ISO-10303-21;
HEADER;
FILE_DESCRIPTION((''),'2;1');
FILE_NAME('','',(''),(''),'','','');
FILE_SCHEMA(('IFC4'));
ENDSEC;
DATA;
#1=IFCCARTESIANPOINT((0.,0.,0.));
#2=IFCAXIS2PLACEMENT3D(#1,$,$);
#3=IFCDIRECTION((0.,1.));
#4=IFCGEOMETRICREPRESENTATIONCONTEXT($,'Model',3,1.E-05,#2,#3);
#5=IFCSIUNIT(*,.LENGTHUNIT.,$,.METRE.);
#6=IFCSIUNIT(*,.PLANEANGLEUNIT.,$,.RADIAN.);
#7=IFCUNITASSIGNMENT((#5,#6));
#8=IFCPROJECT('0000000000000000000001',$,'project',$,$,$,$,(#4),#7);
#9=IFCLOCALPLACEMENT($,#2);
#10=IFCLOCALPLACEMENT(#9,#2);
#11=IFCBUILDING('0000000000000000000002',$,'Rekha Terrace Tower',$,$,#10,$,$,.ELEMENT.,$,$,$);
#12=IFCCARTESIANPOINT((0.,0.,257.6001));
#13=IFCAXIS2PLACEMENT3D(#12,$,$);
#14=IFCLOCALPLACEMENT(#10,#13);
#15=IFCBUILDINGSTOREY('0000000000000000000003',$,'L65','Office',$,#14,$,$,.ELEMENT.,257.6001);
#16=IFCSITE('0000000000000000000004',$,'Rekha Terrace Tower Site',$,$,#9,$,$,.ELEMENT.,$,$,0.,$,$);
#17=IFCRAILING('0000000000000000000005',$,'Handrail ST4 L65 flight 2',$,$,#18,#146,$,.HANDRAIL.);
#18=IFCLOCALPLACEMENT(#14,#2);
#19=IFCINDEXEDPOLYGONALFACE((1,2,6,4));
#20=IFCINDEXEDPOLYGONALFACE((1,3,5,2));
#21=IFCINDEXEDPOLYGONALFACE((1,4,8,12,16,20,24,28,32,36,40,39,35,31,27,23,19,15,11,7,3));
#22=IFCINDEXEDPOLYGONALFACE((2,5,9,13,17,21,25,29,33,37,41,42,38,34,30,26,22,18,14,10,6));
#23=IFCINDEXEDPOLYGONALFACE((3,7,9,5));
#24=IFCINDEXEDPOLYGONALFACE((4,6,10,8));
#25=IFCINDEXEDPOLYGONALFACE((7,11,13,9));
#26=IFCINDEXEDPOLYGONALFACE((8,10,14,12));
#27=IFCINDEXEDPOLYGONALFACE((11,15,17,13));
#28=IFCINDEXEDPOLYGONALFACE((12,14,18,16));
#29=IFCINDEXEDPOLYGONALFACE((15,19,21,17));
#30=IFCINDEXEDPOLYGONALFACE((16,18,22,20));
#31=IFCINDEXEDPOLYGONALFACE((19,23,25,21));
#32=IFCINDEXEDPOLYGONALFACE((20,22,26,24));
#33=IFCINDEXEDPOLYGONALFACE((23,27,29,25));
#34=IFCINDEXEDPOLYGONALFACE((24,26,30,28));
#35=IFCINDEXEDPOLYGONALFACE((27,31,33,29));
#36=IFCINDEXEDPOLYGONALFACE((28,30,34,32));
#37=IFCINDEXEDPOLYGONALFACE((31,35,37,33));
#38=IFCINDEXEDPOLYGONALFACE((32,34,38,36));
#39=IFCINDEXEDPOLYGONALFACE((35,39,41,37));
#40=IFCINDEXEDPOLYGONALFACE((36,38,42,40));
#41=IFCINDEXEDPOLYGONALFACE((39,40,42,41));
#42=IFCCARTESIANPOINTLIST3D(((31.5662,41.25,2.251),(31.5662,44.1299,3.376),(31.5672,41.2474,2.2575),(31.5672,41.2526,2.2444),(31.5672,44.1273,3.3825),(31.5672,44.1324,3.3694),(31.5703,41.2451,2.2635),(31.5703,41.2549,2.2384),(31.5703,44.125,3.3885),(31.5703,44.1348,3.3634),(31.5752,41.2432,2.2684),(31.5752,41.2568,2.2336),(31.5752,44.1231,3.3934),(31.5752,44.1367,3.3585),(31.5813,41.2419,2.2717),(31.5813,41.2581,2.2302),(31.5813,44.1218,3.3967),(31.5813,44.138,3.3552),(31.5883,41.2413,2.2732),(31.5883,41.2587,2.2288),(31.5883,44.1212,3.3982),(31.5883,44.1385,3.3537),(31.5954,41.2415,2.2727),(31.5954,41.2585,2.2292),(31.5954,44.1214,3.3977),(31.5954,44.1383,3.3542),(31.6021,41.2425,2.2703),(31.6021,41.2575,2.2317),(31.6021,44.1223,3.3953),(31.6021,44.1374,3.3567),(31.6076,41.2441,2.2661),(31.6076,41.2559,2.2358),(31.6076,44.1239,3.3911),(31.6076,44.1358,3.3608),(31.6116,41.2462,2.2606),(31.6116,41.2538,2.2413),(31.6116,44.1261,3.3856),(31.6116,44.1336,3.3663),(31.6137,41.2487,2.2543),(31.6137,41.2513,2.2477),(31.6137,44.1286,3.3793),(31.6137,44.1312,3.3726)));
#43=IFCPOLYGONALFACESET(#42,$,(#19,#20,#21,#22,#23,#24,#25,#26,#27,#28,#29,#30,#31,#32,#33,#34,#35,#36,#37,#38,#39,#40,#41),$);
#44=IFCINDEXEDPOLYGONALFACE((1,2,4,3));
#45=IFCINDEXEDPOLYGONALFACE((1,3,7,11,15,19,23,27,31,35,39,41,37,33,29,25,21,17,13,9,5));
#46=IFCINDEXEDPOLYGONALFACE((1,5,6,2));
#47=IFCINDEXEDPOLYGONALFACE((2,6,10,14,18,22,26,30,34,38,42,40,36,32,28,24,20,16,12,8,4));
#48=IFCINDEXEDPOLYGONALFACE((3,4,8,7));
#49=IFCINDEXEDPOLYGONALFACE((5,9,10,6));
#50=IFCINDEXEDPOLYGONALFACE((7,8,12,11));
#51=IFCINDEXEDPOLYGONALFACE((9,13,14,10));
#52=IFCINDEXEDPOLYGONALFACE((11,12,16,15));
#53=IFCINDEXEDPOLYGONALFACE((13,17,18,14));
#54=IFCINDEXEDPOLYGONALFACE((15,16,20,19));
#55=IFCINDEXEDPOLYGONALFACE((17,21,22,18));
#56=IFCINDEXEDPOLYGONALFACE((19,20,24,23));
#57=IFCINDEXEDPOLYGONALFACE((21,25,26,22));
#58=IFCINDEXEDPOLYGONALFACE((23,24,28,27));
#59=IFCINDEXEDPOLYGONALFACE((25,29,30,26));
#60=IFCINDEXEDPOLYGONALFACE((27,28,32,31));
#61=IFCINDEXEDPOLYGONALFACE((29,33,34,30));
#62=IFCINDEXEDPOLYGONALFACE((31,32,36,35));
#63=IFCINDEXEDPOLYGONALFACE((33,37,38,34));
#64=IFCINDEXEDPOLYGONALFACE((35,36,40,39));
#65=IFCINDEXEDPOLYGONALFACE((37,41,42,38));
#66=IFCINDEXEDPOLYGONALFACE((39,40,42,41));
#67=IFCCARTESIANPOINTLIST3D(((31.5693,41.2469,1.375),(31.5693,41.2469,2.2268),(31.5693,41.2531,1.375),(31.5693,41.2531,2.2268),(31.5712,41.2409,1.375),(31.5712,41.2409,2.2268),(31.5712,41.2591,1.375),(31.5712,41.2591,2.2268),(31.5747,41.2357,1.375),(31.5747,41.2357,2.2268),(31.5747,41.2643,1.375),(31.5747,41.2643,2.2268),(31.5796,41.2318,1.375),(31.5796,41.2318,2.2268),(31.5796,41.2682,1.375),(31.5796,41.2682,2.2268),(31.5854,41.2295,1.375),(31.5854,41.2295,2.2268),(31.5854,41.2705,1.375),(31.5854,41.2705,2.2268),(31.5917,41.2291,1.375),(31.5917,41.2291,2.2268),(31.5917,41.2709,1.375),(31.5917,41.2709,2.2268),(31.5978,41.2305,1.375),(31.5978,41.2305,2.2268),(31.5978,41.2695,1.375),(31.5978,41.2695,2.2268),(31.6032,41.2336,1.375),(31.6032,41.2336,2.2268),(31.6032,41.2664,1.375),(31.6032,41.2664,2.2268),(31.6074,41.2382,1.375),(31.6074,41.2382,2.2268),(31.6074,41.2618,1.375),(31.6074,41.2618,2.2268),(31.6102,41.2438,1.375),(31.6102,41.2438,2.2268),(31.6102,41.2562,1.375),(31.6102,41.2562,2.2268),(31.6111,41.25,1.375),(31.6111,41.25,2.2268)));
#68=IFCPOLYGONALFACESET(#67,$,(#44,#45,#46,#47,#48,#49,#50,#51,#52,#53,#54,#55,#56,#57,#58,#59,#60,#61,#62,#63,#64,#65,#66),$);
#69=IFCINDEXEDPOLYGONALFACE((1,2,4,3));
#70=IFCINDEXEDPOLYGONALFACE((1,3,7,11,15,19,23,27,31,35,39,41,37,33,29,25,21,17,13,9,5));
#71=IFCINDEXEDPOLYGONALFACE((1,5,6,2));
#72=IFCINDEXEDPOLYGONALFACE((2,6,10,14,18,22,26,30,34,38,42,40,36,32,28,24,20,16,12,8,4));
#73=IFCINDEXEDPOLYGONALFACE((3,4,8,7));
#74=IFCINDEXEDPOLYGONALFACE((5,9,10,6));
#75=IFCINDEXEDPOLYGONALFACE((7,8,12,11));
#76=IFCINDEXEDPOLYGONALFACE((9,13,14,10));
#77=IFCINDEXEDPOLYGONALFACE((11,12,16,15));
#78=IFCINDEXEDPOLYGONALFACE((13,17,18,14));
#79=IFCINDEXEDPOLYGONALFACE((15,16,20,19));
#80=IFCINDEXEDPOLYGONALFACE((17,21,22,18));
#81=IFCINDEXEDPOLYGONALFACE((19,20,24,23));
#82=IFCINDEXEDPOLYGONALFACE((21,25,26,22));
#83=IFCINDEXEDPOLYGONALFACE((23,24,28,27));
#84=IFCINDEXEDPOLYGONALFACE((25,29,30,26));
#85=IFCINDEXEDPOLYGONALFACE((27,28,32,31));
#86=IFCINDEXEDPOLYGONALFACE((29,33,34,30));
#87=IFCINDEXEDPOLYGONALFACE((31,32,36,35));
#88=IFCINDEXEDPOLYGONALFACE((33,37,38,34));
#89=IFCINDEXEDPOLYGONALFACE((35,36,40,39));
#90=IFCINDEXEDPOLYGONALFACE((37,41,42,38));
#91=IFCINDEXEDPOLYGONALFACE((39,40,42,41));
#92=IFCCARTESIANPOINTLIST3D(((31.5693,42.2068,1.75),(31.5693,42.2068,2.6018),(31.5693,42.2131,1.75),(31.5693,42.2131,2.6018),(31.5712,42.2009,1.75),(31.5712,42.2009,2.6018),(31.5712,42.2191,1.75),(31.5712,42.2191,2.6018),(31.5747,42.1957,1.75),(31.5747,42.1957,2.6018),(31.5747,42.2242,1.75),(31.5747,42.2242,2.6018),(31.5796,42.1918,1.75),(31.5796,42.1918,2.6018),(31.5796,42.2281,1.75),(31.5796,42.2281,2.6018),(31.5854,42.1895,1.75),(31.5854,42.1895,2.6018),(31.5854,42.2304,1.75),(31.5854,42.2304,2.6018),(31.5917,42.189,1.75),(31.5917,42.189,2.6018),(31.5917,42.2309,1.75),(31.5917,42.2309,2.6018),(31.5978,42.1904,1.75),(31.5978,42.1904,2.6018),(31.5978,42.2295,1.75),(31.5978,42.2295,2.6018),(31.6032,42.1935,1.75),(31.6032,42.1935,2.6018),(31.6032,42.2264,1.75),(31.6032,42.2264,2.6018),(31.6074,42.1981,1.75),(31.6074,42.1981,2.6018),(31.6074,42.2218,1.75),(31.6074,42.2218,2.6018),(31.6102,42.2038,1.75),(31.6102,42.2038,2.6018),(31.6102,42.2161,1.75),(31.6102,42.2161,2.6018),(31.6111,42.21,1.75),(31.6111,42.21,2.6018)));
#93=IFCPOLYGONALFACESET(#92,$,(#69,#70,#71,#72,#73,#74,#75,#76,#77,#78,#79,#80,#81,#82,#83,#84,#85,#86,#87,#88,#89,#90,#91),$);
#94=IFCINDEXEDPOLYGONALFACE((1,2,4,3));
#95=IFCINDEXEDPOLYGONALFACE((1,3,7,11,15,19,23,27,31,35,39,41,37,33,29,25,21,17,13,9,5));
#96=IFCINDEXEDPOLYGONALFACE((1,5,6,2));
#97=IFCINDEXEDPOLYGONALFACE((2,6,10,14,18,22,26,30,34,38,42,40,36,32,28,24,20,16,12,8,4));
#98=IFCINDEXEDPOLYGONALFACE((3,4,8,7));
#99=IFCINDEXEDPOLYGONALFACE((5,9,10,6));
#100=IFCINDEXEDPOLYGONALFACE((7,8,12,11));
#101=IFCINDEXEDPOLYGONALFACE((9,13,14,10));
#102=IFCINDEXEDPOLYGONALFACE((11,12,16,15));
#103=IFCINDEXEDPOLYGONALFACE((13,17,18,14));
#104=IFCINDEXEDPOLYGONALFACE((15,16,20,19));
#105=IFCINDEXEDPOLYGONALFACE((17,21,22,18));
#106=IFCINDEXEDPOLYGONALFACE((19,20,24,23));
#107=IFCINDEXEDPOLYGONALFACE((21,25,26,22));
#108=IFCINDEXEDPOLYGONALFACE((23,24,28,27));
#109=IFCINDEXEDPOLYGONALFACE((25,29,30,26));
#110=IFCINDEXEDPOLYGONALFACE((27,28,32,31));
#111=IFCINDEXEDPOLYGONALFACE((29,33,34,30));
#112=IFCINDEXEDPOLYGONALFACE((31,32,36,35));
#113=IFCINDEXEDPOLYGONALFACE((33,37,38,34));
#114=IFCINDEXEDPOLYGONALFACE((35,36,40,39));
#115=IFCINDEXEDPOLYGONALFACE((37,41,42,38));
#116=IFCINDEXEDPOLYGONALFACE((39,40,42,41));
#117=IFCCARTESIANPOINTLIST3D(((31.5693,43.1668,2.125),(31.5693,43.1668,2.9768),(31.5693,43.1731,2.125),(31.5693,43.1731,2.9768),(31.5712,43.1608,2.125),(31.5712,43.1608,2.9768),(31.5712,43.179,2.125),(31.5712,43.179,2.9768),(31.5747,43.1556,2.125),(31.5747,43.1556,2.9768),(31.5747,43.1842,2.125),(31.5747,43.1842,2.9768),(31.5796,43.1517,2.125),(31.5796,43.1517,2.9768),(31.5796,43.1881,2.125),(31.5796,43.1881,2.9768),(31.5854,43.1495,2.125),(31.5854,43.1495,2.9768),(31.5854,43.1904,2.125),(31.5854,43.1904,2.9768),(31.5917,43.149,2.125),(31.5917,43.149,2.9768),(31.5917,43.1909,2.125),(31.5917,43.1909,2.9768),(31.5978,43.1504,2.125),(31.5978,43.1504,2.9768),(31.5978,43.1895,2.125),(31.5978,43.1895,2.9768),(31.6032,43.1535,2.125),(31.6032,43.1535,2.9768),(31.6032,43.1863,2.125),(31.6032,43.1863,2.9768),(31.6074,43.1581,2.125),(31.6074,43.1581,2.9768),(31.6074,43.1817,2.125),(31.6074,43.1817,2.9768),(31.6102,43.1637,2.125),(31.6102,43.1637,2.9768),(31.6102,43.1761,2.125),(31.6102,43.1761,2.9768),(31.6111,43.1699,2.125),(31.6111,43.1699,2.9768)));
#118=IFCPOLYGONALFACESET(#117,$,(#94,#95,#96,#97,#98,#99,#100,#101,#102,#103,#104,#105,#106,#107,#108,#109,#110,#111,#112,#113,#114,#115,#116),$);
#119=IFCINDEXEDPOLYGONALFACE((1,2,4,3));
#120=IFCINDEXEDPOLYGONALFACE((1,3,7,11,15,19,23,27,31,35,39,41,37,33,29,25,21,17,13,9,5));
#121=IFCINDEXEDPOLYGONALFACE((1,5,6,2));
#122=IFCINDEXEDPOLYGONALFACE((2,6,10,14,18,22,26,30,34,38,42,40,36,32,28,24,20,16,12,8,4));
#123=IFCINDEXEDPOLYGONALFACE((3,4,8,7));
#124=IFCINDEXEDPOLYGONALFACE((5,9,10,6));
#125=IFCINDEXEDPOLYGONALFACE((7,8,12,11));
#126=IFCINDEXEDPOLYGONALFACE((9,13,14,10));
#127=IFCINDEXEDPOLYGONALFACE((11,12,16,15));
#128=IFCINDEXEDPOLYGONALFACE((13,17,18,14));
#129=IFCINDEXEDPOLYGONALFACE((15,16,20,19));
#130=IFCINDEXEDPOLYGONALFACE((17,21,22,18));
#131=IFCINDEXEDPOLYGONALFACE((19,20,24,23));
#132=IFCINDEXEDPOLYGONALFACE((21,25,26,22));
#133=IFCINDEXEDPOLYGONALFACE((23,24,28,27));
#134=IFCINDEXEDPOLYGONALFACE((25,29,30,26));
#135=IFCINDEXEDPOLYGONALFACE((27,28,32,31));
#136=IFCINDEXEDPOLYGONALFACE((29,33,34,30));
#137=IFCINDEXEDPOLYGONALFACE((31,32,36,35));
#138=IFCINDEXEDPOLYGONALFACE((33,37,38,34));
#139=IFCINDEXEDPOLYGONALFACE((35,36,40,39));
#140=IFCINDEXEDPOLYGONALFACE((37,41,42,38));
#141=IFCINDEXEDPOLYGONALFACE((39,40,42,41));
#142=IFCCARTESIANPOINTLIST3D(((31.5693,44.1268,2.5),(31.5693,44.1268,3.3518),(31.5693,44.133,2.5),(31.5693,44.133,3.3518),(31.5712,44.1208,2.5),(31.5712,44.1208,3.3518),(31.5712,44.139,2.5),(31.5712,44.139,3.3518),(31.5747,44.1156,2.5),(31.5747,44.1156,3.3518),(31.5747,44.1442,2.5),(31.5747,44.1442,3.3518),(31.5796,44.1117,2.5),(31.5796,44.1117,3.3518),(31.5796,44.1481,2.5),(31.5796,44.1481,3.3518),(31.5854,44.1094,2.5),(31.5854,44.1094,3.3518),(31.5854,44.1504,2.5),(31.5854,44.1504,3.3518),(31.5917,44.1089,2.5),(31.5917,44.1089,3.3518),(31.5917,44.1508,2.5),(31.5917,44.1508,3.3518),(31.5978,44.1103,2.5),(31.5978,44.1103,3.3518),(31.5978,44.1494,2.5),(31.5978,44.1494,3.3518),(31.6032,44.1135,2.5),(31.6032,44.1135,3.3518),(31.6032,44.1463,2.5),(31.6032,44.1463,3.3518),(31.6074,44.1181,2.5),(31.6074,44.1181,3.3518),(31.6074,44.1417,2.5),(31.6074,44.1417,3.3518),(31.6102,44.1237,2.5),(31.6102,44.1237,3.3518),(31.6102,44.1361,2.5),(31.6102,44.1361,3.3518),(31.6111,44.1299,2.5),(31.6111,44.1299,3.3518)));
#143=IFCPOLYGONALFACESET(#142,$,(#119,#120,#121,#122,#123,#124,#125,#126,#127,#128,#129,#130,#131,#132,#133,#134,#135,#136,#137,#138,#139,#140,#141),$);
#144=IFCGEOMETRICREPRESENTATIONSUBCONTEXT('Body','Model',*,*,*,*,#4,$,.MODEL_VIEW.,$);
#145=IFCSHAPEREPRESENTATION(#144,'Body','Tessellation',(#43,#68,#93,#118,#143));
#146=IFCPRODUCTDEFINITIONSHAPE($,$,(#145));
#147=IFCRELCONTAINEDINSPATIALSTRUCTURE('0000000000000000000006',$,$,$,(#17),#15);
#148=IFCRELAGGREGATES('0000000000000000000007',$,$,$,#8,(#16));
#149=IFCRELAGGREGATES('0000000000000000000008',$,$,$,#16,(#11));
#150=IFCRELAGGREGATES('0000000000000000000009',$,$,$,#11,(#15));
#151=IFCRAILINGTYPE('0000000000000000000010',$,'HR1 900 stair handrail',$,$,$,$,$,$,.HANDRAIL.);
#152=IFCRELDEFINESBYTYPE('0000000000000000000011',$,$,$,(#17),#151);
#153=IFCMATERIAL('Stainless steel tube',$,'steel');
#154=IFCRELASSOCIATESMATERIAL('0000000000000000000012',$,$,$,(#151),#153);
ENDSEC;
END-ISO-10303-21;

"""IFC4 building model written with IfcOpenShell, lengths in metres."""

from ifc_helpers import new_model, si_unit, direction, frame, origin, origin_2d, place, context, subcontext, project, spatial, circle, extrude, material, type_object, element, save


model = new_model("IFC4")

# Units and contexts
model_context = context("Model", 3, precision=1e-05, world=origin(), true_north=direction((0.0, 1.0)))
body_context = subcontext(model_context, "Body", "Model", "MODEL_VIEW")
ifc_project = project(units=[si_unit("LENGTHUNIT", "METRE"), si_unit("PLANEANGLEUNIT", "RADIAN")], contexts=[model_context])

# Site, building, storey
site_placement = place(None, origin())
site = spatial("IfcSite", under=ifc_project, at=site_placement, Name="Rekha Terrace Tower Site", CompositionType="ELEMENT", RefElevation=0.0)
building_placement = place(site_placement, origin())
building = spatial("IfcBuilding", under=site, at=building_placement, Name="Rekha Terrace Tower", CompositionType="ELEMENT")
storey_placement = place(building_placement, frame((0.0, 0.0, 257.6001)))
storey = spatial("IfcBuildingStorey", under=building, at=storey_placement, Name="L65", Description="Office", CompositionType="ELEMENT", Elevation=257.6001)

# Railing
ifc_material_1 = material(Name="Stainless steel tube", Category="steel")
railing_type_1 = type_object("IfcRailingType", Name="HR1 900 stair handrail", PredefinedType="HANDRAIL", material=ifc_material_1)
for number, where, name in (
    (1, (31.5901, 41.25, 1.375), "Handrail ST4 L65 flight 2"),
):
    element("IfcRailing", number, at=place(storey_placement, frame(where)), inside=storey, type_object=railing_type_1, Name=name, PredefinedType="HANDRAIL", context=body_context, shape_type="SweptSolid", body=[
        extrude(circle(Radius=0.0239, at=origin_2d()), frame((0.0, 0.0, 0.876), z_axis=(0.0, 0.931452, 0.363863), x_axis=(-1.0, 0.0, 0.0)), (0.0, 0.0, 1.0), 3.0918),
        extrude(circle(Radius=0.021, at=origin_2d()), origin(), (0.0, 0.0, 1.0), 0.8518),
        extrude(circle(Radius=0.021, at=origin_2d()), frame((0.0, 0.96, 0.375)), (0.0, 0.0, 1.0), 0.8518),
        extrude(circle(Radius=0.021, at=origin_2d()), frame((0.0, 1.9199, 0.75)), (0.0, 0.0, 1.0), 0.8518),
        extrude(circle(Radius=0.021, at=origin_2d()), frame((0.0, 2.8799, 1.125)), (0.0, 0.0, 1.0), 0.8518),
    ])

save(model, "model.ifc")
